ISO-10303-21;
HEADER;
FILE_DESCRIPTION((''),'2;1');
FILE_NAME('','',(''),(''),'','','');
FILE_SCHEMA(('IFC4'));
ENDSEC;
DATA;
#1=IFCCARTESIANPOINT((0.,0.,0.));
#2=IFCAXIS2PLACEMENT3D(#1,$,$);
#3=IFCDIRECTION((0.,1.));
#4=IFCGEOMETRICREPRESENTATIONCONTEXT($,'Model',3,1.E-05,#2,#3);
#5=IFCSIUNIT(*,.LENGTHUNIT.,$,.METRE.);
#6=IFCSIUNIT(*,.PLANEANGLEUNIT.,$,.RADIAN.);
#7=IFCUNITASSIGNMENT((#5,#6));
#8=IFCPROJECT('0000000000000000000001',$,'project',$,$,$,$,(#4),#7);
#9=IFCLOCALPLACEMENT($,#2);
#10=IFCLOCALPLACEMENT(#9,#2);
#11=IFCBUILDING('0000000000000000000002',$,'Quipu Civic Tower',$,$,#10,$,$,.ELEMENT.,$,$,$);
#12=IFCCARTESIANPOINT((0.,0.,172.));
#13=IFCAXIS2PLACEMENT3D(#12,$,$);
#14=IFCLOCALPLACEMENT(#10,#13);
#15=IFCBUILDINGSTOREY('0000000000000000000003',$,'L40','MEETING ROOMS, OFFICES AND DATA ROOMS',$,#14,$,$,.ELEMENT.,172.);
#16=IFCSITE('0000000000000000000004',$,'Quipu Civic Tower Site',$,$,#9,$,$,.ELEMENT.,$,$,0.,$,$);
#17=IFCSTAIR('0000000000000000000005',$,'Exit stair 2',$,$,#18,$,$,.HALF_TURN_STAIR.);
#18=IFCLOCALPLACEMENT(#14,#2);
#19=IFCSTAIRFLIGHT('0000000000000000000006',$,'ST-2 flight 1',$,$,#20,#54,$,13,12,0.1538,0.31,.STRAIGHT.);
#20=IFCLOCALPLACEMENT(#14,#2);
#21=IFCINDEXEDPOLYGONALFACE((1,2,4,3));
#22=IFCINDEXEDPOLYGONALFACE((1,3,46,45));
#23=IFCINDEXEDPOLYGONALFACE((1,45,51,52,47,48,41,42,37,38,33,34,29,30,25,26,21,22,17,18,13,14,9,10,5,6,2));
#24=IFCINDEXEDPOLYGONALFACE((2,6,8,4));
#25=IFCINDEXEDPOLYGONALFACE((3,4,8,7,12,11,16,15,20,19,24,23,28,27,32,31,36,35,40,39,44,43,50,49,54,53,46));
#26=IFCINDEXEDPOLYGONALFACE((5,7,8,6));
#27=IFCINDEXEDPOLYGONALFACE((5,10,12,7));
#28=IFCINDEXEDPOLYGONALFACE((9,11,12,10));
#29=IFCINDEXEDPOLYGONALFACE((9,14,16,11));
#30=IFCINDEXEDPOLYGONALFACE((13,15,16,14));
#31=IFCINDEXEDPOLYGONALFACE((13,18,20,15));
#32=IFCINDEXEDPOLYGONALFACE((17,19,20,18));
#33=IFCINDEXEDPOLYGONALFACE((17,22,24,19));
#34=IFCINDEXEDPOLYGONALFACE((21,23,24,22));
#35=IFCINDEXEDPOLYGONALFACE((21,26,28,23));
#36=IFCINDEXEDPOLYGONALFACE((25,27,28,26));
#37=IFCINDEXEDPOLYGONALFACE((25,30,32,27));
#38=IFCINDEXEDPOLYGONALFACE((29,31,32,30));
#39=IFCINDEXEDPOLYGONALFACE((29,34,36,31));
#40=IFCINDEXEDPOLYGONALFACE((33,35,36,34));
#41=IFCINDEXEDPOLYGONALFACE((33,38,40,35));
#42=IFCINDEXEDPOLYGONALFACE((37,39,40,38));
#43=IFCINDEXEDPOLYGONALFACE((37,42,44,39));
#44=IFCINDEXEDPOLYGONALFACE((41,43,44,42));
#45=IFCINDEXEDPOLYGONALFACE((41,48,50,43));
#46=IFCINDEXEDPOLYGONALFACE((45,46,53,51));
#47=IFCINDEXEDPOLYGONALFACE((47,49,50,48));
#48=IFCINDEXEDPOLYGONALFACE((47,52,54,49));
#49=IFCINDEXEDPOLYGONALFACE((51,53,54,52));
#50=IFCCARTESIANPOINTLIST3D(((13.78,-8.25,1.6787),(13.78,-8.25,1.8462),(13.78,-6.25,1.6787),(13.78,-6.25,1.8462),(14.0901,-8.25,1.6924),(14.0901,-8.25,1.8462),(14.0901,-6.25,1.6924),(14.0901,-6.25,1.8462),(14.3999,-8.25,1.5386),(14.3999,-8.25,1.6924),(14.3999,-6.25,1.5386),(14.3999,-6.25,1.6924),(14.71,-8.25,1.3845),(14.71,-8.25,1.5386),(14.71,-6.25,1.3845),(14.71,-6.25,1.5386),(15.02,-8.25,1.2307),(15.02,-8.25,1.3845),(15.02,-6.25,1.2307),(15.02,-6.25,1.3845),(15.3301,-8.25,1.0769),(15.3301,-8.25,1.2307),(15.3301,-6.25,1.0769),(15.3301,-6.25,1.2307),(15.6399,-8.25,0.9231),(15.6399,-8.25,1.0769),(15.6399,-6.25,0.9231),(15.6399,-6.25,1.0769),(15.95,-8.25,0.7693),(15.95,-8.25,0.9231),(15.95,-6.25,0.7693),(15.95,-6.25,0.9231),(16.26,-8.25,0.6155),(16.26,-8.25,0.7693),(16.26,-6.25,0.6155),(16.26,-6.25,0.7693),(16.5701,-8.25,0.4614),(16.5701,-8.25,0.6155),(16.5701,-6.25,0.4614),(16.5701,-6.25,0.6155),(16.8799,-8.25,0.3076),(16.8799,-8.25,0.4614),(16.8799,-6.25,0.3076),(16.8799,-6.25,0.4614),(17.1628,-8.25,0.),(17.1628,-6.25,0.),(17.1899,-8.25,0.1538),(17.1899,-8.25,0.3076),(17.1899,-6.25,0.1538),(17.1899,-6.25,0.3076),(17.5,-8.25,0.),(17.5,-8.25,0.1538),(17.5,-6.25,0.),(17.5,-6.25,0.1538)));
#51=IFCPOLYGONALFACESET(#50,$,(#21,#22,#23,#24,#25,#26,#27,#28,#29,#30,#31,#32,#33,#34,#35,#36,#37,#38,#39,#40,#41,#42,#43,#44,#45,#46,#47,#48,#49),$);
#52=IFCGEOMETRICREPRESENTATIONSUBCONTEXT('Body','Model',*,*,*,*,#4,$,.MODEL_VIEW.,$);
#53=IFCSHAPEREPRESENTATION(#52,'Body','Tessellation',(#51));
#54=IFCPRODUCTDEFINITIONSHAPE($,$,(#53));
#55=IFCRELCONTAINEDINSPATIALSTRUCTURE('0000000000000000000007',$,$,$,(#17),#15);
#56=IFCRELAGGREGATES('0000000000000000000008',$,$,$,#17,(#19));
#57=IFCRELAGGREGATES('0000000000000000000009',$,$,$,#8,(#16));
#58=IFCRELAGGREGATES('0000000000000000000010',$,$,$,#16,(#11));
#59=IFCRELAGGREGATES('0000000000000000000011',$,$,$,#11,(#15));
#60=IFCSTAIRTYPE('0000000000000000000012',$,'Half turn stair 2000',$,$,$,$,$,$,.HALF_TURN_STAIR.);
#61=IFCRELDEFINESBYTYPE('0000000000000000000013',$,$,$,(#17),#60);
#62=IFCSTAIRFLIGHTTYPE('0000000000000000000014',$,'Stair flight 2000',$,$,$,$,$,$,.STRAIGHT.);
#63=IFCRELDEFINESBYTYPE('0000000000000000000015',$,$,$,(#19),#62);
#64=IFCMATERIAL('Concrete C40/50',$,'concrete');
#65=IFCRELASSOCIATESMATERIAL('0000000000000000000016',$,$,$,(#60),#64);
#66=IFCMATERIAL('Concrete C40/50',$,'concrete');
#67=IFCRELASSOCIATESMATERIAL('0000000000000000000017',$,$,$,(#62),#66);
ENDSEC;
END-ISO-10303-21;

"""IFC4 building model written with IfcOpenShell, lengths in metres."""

from ifc_helpers import new_model, si_unit, direction, frame, origin, place, context, subcontext, project, spatial, polyline, outline, extrude, material, type_object, element, aggregate, save


model = new_model("IFC4")

# Units and contexts
model_context = context("Model", 3, precision=1e-05, world=origin(), true_north=direction((0.0, 1.0)))
body_context = subcontext(model_context, "Body", "Model", "MODEL_VIEW")
ifc_project = project(units=[si_unit("LENGTHUNIT", "METRE"), si_unit("PLANEANGLEUNIT", "RADIAN")], contexts=[model_context])

# Site, building, storey
site_placement = place(None, origin())
site = spatial("IfcSite", under=ifc_project, at=site_placement, Name="Quipu Civic Tower Site", CompositionType="ELEMENT", RefElevation=0.0)
building_placement = place(site_placement, origin())
building = spatial("IfcBuilding", under=site, at=building_placement, Name="Quipu Civic Tower", CompositionType="ELEMENT")
storey_placement = place(building_placement, frame((0.0, 0.0, 172.0)))
storey = spatial("IfcBuildingStorey", under=building, at=storey_placement, Name="L40", Description="MEETING ROOMS, OFFICES AND DATA ROOMS", CompositionType="ELEMENT", Elevation=172.0)

# Stair, stair flight
ifc_material_1 = material(Name="Concrete C40/50", Category="concrete")
stair_type = type_object("IfcStairType", Name="Half turn stair 2000", PredefinedType="HALF_TURN_STAIR", material=ifc_material_1)
stair_placement = place(storey_placement, origin())
stair = element("IfcStair", 1, at=stair_placement, inside=storey, type_object=stair_type, Name="Exit stair 2", PredefinedType="HALF_TURN_STAIR")
ifc_material_2 = material(Name="Concrete C40/50", Category="concrete")
stair_flight_type = type_object("IfcStairFlightType", Name="Stair flight 2000", PredefinedType="STRAIGHT", material=ifc_material_2)
stair_flight_placement = place(storey_placement, frame((17.5, -7.25, 0.0), z_axis=(0.0, 0.0, 1.0), x_axis=(-1.0, 0.0, 0.0)))
stair_flight = element("IfcStairFlight", 2, at=stair_flight_placement, type_object=stair_flight_type, Name="ST-2 flight 1", NumberOfRisers=13, NumberOfTreads=12, PredefinedType="STRAIGHT", RiserHeight=0.1538, TreadLength=0.31, context=body_context, shape_type="SweptSolid", body=[
    extrude(outline(polyline([(0.0, 0.0), (0.0, 0.1538), (0.3101, 0.1538), (0.3101, 0.3076), (0.6201, 0.3076), (0.6201, 0.4614), (0.9299, 0.4614), (0.9299, 0.6155), (1.24, 0.6155), (1.24, 0.7693), (1.55, 0.7693), (1.55, 0.9231), (1.8601, 0.9231), (1.8601, 1.0769), (2.1699, 1.0769), (2.1699, 1.2307), (2.48, 1.2307), (2.48, 1.3845), (2.79, 1.3845), (2.79, 1.5386), (3.1001, 1.5386), (3.1001, 1.6924), (3.4099, 1.6924), (3.4099, 1.8462), (3.72, 1.8462), (3.72, 2.0), (3.72, 1.6787), (0.3372, 0.0), (0.0, 0.0)])), frame((0.0, 1.0, 0.0), z_axis=(0.0, -1.0, 0.0), x_axis=(1.0, 0.0, 0.0)), (0.0, 0.0, 1.0), 2.0),
])
aggregate(stair, [stair_flight])

save(model, "model.ifc")
